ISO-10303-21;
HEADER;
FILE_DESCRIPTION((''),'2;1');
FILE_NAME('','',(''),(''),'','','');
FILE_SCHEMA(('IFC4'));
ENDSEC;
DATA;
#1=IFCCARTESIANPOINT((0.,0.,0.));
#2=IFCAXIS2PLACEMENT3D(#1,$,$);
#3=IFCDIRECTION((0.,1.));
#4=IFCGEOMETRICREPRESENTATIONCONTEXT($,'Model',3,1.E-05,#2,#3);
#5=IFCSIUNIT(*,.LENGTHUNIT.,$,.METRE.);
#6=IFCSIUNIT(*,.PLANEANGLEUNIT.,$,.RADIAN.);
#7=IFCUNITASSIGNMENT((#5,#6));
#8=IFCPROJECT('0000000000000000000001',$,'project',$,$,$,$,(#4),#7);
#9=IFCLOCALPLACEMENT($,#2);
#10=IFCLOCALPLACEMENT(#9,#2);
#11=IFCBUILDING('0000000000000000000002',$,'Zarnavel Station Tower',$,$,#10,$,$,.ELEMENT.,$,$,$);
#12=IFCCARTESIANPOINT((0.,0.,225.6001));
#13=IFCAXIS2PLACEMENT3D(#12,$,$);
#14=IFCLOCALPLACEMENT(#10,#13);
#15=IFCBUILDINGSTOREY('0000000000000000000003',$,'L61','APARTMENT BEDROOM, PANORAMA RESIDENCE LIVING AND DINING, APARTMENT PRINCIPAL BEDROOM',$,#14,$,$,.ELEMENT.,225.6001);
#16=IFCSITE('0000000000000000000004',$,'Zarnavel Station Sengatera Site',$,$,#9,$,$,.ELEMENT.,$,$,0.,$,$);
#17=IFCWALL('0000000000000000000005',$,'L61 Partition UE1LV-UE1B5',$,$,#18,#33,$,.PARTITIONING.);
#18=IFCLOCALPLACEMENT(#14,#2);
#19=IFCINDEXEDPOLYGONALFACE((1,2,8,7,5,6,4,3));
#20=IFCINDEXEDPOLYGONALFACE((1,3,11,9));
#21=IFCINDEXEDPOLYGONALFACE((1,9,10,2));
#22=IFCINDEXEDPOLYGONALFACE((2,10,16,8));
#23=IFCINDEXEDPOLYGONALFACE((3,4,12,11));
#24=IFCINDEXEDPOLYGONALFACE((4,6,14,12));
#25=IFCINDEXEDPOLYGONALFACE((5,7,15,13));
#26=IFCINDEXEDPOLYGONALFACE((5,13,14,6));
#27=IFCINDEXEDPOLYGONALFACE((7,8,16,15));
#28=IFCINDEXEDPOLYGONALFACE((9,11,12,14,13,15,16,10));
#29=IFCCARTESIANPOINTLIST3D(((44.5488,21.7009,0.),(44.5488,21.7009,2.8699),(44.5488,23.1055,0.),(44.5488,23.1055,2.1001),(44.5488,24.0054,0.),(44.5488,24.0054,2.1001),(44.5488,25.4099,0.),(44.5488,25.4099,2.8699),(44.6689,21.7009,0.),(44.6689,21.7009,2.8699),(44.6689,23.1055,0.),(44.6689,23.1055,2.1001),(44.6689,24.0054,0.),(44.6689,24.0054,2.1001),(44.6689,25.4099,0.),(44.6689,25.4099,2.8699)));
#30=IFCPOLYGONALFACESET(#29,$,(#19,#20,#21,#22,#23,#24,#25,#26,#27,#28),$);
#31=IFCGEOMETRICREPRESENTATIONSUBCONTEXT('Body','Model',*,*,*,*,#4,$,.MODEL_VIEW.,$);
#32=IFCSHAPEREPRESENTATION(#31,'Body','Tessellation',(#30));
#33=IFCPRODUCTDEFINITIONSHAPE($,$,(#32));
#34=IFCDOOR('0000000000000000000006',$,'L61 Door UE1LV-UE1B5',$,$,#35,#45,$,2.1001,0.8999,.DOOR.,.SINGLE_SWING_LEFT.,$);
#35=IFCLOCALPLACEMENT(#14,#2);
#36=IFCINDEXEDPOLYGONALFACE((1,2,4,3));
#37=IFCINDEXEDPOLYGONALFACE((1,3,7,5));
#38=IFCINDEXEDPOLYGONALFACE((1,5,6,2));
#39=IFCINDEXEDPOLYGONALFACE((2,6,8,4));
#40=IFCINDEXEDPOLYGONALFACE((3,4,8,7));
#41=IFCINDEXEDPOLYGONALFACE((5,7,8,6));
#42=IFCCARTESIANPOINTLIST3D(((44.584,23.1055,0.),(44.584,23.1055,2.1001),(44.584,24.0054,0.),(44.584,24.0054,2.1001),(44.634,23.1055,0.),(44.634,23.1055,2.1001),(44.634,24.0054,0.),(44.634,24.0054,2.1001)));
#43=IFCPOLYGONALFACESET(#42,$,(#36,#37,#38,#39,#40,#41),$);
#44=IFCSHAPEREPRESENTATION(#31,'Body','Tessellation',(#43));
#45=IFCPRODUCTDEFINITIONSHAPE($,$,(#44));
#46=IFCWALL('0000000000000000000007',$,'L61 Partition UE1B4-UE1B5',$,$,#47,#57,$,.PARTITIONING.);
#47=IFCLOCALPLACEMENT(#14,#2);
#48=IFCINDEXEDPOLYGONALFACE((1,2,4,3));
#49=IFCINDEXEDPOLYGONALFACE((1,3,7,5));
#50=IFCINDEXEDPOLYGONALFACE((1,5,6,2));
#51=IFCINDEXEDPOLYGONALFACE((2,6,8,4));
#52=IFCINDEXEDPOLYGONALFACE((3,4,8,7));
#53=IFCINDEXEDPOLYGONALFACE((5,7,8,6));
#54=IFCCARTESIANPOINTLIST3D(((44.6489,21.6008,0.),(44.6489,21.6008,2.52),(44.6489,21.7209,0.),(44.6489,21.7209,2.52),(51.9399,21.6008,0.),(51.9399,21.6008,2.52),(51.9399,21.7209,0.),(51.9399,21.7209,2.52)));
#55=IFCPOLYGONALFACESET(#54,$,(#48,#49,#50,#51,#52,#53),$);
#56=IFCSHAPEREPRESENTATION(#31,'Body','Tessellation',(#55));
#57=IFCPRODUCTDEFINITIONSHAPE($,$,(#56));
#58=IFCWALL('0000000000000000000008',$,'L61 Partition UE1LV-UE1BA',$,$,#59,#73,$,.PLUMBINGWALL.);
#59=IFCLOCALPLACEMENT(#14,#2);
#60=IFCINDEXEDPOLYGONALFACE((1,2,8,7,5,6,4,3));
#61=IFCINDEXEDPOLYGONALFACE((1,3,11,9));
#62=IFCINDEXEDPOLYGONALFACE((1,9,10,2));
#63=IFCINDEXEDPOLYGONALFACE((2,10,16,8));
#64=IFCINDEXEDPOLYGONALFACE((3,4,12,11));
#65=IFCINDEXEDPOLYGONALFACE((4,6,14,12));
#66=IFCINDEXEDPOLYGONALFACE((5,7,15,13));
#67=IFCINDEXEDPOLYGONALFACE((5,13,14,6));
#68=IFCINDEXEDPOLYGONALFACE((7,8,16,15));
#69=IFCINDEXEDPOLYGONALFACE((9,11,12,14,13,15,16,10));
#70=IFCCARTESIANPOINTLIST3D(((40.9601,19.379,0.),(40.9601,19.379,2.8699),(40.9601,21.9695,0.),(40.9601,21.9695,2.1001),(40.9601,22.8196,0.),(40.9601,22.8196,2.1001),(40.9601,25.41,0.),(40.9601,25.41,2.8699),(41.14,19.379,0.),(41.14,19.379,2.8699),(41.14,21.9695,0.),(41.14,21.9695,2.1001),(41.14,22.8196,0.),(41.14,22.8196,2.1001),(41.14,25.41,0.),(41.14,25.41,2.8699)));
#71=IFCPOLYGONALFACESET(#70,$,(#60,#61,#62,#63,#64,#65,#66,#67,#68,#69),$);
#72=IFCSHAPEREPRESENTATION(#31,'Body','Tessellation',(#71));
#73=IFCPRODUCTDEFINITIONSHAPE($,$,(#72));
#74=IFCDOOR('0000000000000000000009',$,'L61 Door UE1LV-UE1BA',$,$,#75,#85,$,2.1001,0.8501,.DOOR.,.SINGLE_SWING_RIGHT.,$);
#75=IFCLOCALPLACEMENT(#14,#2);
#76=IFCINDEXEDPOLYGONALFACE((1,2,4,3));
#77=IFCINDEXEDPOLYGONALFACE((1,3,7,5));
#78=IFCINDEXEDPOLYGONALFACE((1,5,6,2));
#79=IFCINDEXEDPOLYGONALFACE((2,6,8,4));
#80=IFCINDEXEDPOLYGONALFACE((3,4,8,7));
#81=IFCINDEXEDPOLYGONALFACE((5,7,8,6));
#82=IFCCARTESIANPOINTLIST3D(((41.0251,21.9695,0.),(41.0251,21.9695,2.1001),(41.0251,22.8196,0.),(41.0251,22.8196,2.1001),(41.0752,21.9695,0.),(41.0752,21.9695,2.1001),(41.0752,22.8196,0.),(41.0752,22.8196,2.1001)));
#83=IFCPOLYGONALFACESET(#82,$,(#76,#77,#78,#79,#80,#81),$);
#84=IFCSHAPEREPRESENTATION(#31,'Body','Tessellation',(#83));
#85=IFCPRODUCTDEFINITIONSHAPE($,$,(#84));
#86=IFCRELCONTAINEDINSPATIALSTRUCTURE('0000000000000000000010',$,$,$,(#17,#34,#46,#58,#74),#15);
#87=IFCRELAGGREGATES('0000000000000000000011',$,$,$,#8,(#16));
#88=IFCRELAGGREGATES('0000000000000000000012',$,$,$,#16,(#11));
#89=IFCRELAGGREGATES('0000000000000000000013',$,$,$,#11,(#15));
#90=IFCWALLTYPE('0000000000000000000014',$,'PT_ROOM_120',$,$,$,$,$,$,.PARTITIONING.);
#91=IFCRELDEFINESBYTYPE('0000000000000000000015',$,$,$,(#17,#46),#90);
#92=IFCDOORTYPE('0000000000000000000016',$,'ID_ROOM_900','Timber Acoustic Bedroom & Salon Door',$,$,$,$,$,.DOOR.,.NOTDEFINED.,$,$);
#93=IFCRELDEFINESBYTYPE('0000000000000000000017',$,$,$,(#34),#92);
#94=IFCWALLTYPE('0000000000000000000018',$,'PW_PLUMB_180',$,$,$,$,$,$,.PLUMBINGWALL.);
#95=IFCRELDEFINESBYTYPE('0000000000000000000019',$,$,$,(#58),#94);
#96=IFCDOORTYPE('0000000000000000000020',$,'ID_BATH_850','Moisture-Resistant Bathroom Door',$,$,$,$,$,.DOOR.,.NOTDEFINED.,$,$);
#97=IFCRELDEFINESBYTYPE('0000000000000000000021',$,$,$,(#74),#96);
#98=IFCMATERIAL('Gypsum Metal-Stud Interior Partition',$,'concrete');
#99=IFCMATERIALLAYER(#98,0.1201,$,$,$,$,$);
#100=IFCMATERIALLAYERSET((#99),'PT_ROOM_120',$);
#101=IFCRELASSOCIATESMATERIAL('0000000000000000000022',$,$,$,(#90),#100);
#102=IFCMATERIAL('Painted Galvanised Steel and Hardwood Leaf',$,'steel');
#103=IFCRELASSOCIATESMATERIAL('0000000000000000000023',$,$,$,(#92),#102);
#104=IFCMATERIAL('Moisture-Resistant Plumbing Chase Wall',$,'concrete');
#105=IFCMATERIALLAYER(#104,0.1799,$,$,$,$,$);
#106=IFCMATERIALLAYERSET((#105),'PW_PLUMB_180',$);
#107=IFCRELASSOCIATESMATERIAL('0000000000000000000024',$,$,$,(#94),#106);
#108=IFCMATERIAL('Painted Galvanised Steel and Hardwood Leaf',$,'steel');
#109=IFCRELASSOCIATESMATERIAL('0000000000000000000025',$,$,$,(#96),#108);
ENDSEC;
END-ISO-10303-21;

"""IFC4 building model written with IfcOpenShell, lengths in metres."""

from ifc_helpers import new_model, si_unit, direction, frame, frame_2d, origin, place, context, subcontext, project, spatial, rectangle, extrude, material, layer, layer_set, type_object, element, fill, save


model = new_model("IFC4")

# Units and contexts
model_context = context("Model", 3, precision=1e-05, world=origin(), true_north=direction((0.0, 1.0)))
body_context = subcontext(model_context, "Body", "Model", "MODEL_VIEW")
ifc_project = project(units=[si_unit("LENGTHUNIT", "METRE"), si_unit("PLANEANGLEUNIT", "RADIAN")], contexts=[model_context])

# Site, building, storey
site_placement = place(None, origin())
site = spatial("IfcSite", under=ifc_project, at=site_placement, Name="Zarnavel Station Sengatera Site", CompositionType="ELEMENT", RefElevation=0.0)
building_placement = place(site_placement, origin())
building = spatial("IfcBuilding", under=site, at=building_placement, Name="Zarnavel Station Tower", CompositionType="ELEMENT")
storey_placement = place(building_placement, frame((0.0, 0.0, 225.6001)))
storey = spatial("IfcBuildingStorey", under=building, at=storey_placement, Name="L61", Description="APARTMENT BEDROOM, PANORAMA RESIDENCE LIVING AND DINING, APARTMENT PRINCIPAL BEDROOM", CompositionType="ELEMENT", Elevation=225.6001)

# Wall, opening, door
ifc_material_1 = material(Name="Gypsum Metal-Stud Interior Partition", Category="concrete")
ifc_layer_1 = layer(ifc_material_1, 0.1201)
ifc_layer_set_1 = layer_set([ifc_layer_1], Name="PT_ROOM_120")
wall_type_1 = type_object("IfcWallType", Name="PT_ROOM_120", PredefinedType="PARTITIONING", material=ifc_layer_set_1)
ifc_material_2 = material(Name="Painted Galvanised Steel and Hardwood Leaf", Category="steel")
door_type_1 = type_object("IfcDoorType", Name="ID_ROOM_900", Description="Timber Acoustic Bedroom & Salon Door", OperationType="NOTDEFINED", PredefinedType="DOOR", material=ifc_material_2)
wall_1_placement = place(storey_placement, frame((44.6089, 21.7009, 0.0), z_axis=(0.0, 0.0, 1.0), x_axis=(0.0, 1.0, 0.0)))
wall_1 = element("IfcWall", 1, at=wall_1_placement, inside=storey, type_object=wall_type_1, Name="L61 Partition UE1LV-UE1B5", PredefinedType="PARTITIONING", context=body_context, shape_type="SweptSolid", body=[
    extrude(rectangle(XDim=3.709, YDim=0.1201, at=frame_2d((1.8545, 0.0))), origin(), (0.0, 0.0, 1.0), 2.8699),
])
opening_1_placement = place(wall_1_placement, frame((1.4045, 0.0, 0.0)))
opening_1 = element("IfcOpeningElement", 2, at=opening_1_placement, cuts=wall_1, PredefinedType="OPENING", context=body_context, shape_type="SweptSolid", body=[
    extrude(rectangle(XDim=0.8999, YDim=2.1001, at=frame_2d((0.45, 1.05))), frame((0.0, 0.0701, 0.0), z_axis=(0.0, -1.0, 0.0), x_axis=(1.0, 0.0, 0.0)), (0.0, 0.0, 1.0), 0.1401),
])
door_1_placement = place(opening_1_placement, origin())
door_1 = element("IfcDoor", 3, at=door_1_placement, inside=storey, type_object=door_type_1, Name="L61 Door UE1LV-UE1B5", OperationType="SINGLE_SWING_LEFT", OverallHeight=2.1001, OverallWidth=0.8999, PredefinedType="DOOR", context=body_context, shape_type="SweptSolid", body=[
    extrude(rectangle(XDim=0.8999, YDim=2.1001, at=frame_2d((0.45, 1.05))), frame((0.0, 0.0249, 0.0), z_axis=(0.0, -1.0, 0.0), x_axis=(1.0, 0.0, 0.0)), (0.0, 0.0, 1.0), 0.05),
])
fill(opening_1, door_1)

# Wall
wall_2_placement = place(storey_placement, frame((44.6489, 21.6609, 0.0), z_axis=(0.0, 0.0, 1.0), x_axis=(1.0, 0.0, 0.0)))
element("IfcWall", 4, at=wall_2_placement, inside=storey, type_object=wall_type_1, Name="L61 Partition UE1B4-UE1B5", PredefinedType="PARTITIONING", context=body_context, shape_type="SweptSolid", body=[
    extrude(rectangle(XDim=7.291, YDim=0.1201, at=frame_2d((3.6455, 0.0))), origin(), (0.0, 0.0, 1.0), 2.52),
])

# Wall, opening, door
ifc_material_3 = material(Name="Moisture-Resistant Plumbing Chase Wall", Category="concrete")
ifc_layer_2 = layer(ifc_material_3, 0.1799)
ifc_layer_set_2 = layer_set([ifc_layer_2], Name="PW_PLUMB_180")
wall_type_2 = type_object("IfcWallType", Name="PW_PLUMB_180", PredefinedType="PLUMBINGWALL", material=ifc_layer_set_2)
wall_3_placement = place(storey_placement, frame((41.05, 19.3789, 0.0), z_axis=(0.0, 0.0, 1.0), x_axis=(0.0, 1.0, 0.0)))
wall_3 = element("IfcWall", 5, at=wall_3_placement, inside=storey, type_object=wall_type_2, Name="L61 Partition UE1LV-UE1BA", PredefinedType="PLUMBINGWALL", context=body_context, shape_type="SweptSolid", body=[
    extrude(rectangle(XDim=6.031, YDim=0.1799, at=frame_2d((3.0156, 0.0))), origin(), (0.0, 0.0, 1.0), 2.8699),
])
opening_2_placement = place(wall_3_placement, frame((2.5906, 0.0, 0.0)))
opening_2 = element("IfcOpeningElement", 6, at=opening_2_placement, cuts=wall_3, PredefinedType="OPENING", context=body_context, shape_type="SweptSolid", body=[
    extrude(rectangle(XDim=0.8501, YDim=2.1001, at=frame_2d((0.425, 1.05))), frame((0.0, 0.0999, 0.0), z_axis=(0.0, -1.0, 0.0), x_axis=(1.0, 0.0, 0.0)), (0.0, 0.0, 1.0), 0.2),
])
ifc_material_4 = material(Name="Painted Galvanised Steel and Hardwood Leaf", Category="steel")
door_type_2 = type_object("IfcDoorType", Name="ID_BATH_850", Description="Moisture-Resistant Bathroom Door", OperationType="NOTDEFINED", PredefinedType="DOOR", material=ifc_material_4)
door_2_placement = place(opening_2_placement, origin())
door_2 = element("IfcDoor", 7, at=door_2_placement, inside=storey, type_object=door_type_2, Name="L61 Door UE1LV-UE1BA", OperationType="SINGLE_SWING_RIGHT", OverallHeight=2.1001, OverallWidth=0.8501, PredefinedType="DOOR", context=body_context, shape_type="SweptSolid", body=[
    extrude(rectangle(XDim=0.8501, YDim=2.1001, at=frame_2d((0.425, 1.05))), frame((0.0, 0.0249, 0.0), z_axis=(0.0, -1.0, 0.0), x_axis=(1.0, 0.0, 0.0)), (0.0, 0.0, 1.0), 0.05),
])
fill(opening_2, door_2)

save(model, "model.ifc")
